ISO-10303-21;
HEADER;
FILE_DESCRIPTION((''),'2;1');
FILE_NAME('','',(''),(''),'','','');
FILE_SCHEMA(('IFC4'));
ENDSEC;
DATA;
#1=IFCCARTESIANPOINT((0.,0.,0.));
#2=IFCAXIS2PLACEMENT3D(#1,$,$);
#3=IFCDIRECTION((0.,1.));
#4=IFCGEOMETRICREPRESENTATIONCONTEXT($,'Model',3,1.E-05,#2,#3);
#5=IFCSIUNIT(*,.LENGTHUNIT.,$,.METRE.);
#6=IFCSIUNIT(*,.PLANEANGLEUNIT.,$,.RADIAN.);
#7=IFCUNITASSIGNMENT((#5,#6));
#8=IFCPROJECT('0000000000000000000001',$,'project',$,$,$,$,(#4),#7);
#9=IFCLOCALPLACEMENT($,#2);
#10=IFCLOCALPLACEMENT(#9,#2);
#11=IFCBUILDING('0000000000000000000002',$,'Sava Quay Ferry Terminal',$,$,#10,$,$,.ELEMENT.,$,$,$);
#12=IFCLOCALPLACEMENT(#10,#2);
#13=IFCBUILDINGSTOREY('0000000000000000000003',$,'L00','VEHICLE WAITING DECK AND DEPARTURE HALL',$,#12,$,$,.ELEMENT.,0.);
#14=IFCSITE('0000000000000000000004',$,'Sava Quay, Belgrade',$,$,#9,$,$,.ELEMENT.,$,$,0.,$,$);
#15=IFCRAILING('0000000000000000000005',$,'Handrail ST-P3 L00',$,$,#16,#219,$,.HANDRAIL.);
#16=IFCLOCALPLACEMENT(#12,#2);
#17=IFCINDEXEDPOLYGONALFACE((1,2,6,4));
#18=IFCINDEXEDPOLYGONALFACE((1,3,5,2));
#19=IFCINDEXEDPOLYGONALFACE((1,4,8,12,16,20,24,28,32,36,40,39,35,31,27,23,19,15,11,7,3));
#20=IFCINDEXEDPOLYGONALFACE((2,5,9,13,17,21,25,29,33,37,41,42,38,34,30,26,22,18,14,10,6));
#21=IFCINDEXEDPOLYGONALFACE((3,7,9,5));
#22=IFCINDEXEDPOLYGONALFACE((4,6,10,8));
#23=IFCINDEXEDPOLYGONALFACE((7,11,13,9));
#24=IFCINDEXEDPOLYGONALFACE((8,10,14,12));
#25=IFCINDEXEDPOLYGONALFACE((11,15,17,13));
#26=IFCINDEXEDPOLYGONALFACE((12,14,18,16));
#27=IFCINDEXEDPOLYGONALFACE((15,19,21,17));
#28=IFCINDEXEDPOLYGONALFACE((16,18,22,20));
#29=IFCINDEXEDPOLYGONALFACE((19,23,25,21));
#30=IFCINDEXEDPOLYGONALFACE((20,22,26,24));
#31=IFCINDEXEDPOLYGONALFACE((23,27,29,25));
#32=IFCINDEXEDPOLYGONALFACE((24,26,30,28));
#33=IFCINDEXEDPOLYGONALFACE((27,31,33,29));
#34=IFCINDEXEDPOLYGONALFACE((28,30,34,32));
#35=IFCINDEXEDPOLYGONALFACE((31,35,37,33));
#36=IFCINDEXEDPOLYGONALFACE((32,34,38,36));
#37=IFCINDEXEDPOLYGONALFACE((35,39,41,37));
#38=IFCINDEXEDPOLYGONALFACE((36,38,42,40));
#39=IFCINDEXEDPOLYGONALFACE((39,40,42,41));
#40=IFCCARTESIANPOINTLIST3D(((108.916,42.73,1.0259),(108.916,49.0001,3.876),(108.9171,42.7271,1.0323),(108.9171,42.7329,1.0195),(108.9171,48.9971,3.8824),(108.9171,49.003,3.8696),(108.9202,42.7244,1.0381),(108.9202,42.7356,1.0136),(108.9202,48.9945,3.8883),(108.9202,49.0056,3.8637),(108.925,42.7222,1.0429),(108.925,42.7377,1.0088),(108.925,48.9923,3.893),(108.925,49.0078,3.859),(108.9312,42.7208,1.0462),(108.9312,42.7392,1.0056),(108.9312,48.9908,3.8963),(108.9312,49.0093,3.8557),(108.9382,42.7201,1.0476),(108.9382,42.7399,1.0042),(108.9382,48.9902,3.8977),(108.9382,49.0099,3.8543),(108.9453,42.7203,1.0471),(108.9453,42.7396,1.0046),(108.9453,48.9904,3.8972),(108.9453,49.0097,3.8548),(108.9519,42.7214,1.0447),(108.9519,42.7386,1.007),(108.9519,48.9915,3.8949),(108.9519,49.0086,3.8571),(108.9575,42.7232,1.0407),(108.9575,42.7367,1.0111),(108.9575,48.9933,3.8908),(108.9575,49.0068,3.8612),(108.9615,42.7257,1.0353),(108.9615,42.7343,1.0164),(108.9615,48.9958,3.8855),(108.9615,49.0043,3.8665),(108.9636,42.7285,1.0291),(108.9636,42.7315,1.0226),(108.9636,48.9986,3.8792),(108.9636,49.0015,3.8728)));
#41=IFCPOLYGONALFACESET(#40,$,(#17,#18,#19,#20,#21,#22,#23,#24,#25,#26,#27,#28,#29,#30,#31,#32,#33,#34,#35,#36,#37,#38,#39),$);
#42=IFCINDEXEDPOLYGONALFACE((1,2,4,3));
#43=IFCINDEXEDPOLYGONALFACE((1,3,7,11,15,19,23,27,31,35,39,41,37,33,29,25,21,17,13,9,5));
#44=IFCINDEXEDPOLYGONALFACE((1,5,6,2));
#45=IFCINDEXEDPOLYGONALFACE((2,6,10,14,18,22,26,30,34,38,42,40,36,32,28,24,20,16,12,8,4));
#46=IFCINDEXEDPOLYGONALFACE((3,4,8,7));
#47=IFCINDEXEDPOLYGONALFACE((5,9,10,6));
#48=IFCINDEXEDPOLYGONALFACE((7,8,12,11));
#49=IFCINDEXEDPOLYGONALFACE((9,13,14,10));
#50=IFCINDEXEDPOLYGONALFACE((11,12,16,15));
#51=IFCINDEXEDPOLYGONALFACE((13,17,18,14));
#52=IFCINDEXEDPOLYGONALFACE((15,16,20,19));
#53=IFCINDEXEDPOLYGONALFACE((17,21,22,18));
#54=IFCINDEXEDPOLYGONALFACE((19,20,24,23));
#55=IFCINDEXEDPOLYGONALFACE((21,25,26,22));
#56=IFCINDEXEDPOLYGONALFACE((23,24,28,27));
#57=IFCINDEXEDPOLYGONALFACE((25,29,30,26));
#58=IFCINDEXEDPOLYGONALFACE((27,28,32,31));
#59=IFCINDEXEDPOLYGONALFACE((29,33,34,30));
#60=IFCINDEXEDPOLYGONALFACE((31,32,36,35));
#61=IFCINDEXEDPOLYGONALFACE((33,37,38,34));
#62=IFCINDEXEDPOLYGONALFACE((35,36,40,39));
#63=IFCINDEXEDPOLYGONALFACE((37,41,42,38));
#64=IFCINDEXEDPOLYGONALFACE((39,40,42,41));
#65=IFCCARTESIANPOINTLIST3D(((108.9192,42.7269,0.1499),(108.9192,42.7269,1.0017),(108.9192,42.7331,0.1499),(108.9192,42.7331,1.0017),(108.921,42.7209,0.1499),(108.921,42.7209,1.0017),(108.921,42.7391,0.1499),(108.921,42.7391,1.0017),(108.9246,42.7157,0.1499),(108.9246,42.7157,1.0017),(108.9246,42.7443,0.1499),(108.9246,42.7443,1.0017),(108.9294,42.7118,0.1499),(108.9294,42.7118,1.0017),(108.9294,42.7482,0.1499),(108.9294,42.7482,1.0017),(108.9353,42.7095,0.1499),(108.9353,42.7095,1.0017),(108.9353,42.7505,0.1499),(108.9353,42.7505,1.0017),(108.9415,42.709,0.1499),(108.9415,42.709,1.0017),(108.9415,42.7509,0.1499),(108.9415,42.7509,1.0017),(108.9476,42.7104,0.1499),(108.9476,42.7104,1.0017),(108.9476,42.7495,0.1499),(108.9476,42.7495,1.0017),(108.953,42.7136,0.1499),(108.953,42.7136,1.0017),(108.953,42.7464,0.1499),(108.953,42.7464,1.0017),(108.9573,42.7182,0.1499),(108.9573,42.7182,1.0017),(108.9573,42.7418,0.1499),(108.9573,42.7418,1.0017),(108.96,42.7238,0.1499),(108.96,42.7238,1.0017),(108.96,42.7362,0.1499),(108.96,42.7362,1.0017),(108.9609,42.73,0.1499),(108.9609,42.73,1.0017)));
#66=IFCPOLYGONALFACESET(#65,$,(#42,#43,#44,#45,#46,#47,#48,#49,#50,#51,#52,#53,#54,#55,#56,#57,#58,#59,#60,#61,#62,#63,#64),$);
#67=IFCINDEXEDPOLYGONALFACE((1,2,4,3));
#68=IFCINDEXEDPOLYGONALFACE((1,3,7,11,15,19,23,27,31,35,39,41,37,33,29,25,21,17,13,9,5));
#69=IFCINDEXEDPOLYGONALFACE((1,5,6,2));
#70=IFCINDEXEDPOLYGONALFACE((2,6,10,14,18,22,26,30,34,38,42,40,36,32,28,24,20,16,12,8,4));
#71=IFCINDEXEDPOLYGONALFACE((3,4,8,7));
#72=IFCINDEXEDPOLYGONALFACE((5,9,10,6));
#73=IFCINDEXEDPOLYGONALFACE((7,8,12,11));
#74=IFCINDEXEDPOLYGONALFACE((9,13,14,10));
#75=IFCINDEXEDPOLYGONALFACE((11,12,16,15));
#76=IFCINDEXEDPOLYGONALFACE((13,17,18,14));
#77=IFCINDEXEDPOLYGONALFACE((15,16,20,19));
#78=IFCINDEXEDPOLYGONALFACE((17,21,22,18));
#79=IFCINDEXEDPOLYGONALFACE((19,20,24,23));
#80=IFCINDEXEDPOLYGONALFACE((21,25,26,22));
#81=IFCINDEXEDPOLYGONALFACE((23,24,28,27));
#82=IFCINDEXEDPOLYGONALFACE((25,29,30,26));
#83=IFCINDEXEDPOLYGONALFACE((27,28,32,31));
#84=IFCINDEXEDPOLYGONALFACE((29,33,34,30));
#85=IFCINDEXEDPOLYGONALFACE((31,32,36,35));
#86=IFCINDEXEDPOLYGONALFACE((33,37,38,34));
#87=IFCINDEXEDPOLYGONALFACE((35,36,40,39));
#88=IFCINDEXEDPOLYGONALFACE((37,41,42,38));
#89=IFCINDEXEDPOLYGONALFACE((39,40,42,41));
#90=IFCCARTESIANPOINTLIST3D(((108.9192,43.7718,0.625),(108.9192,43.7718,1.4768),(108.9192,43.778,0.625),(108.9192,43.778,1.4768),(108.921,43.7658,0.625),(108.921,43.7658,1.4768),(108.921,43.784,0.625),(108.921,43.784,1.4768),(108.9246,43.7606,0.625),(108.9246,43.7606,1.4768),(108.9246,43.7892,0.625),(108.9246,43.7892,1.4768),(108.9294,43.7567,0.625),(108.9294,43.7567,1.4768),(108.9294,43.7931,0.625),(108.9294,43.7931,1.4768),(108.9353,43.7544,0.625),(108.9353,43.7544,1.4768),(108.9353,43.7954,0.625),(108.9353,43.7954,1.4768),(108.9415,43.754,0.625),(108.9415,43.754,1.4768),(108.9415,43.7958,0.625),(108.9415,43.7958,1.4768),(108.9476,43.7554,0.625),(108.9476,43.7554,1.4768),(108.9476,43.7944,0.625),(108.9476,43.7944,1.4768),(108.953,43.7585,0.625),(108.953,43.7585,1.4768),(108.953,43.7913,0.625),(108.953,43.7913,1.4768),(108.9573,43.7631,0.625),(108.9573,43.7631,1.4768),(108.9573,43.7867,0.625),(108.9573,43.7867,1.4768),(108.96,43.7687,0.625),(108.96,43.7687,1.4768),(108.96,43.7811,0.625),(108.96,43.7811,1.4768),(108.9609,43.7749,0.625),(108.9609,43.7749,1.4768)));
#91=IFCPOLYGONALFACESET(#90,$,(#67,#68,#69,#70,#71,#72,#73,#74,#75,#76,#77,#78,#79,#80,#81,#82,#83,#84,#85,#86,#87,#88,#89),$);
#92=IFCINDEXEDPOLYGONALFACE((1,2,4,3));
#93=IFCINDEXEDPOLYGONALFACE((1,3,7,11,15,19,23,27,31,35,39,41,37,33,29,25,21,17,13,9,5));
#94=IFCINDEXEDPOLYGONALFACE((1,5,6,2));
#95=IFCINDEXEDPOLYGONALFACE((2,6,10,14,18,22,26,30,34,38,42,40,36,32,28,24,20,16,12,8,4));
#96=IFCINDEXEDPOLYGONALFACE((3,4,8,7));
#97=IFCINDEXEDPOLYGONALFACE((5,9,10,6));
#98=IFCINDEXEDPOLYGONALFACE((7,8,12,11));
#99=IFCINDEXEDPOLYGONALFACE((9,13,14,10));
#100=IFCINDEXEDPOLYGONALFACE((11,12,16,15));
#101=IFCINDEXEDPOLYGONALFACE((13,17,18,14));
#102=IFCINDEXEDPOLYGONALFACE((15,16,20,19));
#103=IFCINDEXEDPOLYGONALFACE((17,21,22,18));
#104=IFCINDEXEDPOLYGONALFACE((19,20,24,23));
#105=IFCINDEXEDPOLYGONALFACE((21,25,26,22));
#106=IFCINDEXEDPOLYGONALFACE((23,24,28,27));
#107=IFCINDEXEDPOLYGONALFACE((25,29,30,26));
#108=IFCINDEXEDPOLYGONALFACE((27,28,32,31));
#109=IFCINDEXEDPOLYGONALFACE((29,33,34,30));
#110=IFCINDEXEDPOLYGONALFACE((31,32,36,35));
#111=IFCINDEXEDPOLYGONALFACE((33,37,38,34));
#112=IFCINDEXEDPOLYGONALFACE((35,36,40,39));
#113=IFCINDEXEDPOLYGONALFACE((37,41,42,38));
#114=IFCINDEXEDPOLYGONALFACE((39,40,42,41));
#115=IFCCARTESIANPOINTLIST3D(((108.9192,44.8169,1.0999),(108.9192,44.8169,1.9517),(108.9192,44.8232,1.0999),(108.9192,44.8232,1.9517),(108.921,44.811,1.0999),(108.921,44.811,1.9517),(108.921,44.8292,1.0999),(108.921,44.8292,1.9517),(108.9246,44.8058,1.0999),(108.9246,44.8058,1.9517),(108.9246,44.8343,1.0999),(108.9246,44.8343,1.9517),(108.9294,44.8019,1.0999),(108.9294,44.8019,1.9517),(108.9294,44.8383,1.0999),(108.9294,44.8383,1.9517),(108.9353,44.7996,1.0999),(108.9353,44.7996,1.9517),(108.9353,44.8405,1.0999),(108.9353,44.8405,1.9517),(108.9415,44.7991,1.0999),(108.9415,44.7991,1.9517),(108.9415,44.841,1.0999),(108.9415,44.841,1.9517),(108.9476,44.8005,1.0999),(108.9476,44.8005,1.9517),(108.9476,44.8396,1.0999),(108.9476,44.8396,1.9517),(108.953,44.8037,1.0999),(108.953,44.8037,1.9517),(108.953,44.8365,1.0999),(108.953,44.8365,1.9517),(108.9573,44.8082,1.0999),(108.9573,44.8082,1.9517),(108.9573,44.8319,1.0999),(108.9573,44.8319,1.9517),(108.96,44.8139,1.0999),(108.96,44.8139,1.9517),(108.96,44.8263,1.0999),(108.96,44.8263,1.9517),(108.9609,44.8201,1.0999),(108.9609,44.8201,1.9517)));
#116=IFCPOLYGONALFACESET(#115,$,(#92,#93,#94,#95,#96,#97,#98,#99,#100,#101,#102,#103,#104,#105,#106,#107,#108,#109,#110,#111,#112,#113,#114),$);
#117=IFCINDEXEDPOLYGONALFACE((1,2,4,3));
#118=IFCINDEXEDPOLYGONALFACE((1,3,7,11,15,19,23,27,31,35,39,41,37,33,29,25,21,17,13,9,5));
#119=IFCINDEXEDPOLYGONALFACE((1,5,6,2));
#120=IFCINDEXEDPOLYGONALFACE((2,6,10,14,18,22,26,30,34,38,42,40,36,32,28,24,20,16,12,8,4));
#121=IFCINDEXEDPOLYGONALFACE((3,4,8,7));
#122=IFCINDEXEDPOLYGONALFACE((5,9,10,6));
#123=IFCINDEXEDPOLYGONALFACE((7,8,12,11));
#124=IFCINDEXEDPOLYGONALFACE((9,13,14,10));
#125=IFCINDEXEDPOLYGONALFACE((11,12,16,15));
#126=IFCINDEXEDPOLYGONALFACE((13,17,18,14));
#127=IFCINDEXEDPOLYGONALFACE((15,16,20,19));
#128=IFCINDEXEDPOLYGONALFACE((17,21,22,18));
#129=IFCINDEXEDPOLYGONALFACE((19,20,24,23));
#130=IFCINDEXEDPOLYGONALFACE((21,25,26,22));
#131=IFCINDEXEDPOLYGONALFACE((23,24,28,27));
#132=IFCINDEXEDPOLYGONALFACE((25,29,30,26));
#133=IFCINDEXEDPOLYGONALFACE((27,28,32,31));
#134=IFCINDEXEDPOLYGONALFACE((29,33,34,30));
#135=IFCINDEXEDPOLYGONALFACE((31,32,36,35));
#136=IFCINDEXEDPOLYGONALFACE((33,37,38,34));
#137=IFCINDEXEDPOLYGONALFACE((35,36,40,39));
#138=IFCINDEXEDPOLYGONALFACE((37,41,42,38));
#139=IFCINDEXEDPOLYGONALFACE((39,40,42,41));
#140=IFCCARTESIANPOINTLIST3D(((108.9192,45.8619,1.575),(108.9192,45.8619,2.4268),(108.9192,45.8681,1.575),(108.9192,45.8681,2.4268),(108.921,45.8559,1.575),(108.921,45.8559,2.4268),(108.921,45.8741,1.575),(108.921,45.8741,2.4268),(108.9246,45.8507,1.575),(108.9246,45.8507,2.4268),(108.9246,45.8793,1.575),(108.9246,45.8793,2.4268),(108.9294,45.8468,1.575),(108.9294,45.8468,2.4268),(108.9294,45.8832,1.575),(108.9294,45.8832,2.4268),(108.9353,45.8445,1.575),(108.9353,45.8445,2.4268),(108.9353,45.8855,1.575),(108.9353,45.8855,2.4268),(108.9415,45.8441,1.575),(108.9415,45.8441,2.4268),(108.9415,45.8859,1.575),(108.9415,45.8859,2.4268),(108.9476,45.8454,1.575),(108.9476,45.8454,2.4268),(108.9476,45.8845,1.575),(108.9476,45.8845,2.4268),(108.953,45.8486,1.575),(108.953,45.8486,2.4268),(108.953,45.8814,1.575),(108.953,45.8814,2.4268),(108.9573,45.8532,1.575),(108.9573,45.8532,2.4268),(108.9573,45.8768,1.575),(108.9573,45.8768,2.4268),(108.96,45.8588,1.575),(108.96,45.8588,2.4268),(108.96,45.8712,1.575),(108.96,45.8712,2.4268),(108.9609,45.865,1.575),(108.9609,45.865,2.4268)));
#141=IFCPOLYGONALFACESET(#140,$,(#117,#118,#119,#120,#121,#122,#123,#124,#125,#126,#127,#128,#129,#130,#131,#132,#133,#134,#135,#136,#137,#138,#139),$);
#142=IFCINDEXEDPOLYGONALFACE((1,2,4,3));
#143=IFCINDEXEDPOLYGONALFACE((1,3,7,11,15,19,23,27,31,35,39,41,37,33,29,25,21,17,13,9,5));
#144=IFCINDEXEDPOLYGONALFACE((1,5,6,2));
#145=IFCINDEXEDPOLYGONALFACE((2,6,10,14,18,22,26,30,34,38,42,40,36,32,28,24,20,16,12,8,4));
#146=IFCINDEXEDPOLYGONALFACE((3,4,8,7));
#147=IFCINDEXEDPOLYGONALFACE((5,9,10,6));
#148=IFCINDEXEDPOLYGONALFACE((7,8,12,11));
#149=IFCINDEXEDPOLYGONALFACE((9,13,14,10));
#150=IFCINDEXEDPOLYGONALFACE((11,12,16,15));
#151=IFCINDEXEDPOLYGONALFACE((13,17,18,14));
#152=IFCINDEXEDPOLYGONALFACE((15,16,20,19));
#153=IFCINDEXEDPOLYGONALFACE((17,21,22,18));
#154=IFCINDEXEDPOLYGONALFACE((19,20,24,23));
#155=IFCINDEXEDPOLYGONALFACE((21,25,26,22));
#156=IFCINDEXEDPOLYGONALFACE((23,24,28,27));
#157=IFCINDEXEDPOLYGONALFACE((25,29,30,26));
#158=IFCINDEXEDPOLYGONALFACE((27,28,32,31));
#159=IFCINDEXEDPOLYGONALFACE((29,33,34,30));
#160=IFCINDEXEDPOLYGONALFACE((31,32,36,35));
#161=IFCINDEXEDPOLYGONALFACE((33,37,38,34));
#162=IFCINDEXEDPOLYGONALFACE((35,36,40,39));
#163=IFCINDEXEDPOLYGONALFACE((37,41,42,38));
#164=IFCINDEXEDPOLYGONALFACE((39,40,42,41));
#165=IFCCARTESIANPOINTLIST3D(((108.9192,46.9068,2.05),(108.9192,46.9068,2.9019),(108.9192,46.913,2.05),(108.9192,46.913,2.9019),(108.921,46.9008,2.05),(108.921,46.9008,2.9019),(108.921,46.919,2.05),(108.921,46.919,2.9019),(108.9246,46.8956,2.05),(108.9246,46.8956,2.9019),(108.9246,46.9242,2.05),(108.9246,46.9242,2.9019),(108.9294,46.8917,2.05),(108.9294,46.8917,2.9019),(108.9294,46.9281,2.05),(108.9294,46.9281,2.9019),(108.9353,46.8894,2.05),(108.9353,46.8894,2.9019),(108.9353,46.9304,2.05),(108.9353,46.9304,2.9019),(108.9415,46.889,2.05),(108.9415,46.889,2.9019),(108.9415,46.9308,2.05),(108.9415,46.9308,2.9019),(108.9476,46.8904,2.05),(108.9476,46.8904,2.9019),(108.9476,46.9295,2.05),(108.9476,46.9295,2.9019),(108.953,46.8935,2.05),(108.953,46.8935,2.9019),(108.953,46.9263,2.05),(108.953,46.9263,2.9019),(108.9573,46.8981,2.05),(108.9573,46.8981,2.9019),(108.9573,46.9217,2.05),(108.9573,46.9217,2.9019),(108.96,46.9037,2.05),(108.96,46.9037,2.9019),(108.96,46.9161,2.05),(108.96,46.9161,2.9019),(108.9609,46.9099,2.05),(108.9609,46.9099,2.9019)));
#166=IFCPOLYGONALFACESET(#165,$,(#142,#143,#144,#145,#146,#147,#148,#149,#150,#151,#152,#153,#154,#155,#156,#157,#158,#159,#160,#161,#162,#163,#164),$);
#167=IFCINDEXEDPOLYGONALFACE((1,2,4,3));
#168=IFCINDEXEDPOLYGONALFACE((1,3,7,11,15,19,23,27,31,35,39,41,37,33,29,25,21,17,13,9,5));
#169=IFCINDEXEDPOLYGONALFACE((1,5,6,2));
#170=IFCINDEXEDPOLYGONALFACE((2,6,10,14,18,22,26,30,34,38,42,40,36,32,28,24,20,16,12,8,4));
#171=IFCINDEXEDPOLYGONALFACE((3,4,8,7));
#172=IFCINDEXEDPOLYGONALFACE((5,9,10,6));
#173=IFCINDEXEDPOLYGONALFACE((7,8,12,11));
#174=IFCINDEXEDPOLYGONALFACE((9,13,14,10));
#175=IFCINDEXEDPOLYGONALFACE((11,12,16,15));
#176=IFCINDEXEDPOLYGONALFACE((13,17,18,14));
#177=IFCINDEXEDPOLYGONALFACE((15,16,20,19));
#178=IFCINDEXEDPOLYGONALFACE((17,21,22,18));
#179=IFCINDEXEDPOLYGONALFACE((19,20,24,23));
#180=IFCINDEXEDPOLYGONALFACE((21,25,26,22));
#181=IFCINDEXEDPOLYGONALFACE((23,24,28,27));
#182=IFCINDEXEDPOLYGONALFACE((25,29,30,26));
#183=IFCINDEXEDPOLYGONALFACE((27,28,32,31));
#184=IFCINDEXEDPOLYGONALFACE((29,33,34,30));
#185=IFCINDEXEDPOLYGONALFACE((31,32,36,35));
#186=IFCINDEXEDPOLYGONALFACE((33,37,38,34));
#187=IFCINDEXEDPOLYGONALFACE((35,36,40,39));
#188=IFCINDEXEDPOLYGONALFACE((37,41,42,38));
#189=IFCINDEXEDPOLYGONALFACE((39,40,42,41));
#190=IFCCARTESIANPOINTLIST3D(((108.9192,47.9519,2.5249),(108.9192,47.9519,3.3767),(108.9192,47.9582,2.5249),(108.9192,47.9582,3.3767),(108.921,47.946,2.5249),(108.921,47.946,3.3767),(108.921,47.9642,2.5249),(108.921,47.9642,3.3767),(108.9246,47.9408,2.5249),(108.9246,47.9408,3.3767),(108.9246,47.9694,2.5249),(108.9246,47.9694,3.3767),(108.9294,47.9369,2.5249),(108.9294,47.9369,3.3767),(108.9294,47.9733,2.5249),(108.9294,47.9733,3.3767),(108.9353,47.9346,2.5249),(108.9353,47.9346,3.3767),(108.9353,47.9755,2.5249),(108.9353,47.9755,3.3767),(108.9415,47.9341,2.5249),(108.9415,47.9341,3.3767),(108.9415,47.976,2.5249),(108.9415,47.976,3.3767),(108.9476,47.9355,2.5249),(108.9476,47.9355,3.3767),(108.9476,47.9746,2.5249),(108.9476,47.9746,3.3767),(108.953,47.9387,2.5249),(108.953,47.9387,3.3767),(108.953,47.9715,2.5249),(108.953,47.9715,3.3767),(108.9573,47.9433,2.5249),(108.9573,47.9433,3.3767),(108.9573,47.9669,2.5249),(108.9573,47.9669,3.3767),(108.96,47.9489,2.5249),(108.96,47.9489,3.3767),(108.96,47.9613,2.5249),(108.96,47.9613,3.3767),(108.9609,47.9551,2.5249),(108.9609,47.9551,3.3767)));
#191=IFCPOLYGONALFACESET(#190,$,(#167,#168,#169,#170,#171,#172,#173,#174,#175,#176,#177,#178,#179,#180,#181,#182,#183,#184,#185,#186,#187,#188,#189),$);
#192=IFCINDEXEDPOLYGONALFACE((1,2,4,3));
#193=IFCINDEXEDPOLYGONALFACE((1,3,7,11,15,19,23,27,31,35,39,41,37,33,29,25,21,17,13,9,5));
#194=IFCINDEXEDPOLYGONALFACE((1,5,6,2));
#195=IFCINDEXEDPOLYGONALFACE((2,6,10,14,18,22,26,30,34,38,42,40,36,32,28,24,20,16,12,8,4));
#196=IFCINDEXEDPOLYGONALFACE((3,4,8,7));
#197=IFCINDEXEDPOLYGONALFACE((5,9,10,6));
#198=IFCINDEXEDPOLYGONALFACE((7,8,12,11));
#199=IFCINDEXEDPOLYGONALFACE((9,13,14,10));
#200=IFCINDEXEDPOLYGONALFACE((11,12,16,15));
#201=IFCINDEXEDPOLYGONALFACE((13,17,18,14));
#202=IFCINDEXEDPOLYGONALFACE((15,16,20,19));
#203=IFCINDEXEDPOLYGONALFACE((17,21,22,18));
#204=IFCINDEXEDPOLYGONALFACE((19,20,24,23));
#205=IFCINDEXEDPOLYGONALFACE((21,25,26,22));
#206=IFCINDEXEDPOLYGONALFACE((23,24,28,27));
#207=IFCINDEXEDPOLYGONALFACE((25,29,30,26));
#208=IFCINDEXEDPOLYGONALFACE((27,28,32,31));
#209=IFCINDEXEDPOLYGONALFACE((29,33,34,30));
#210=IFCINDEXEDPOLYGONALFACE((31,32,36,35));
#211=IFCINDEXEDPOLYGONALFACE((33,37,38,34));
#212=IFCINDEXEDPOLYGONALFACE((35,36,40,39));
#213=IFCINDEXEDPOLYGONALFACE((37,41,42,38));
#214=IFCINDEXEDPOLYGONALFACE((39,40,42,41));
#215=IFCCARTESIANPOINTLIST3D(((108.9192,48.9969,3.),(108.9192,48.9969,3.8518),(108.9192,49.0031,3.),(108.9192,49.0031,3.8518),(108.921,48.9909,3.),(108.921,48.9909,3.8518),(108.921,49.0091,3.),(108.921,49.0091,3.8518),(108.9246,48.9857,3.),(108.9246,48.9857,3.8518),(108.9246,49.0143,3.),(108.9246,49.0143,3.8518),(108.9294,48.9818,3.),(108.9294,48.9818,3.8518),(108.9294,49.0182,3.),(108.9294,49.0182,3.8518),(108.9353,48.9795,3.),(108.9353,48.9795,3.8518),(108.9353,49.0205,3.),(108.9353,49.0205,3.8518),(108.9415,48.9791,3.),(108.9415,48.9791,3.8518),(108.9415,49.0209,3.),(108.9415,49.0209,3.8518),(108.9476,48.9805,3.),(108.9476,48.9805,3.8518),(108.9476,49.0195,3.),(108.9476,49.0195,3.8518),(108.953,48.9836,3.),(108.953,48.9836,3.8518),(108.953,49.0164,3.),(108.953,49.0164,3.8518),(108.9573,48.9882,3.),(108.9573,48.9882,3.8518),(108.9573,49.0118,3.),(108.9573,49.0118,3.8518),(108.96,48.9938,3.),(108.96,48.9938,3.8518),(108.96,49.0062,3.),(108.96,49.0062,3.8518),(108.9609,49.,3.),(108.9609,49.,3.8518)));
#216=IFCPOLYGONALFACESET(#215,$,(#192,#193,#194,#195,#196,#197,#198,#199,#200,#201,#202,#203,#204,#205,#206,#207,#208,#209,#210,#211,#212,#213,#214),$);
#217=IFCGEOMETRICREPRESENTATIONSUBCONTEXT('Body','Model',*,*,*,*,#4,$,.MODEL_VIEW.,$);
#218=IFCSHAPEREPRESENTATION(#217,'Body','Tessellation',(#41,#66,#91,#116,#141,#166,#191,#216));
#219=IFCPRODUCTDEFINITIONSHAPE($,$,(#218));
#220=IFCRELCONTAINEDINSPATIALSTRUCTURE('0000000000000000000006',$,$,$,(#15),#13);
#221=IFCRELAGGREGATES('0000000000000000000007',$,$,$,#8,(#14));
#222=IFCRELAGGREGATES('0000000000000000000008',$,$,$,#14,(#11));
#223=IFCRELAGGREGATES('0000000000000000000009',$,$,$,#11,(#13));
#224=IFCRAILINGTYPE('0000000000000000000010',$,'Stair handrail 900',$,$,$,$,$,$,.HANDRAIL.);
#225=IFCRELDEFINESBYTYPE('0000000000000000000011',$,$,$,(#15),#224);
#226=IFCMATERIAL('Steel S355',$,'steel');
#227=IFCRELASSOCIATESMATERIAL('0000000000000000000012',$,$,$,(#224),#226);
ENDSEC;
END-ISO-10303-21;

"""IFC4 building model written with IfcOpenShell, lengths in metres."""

from ifc_helpers import new_model, si_unit, direction, frame, origin, origin_2d, place, context, subcontext, project, spatial, circle, extrude, material, type_object, element, save


model = new_model("IFC4")

# Units and contexts
model_context = context("Model", 3, precision=1e-05, world=origin(), true_north=direction((0.0, 1.0)))
body_context = subcontext(model_context, "Body", "Model", "MODEL_VIEW")
ifc_project = project(units=[si_unit("LENGTHUNIT", "METRE"), si_unit("PLANEANGLEUNIT", "RADIAN")], contexts=[model_context])

# Site, building, storey
site_placement = place(None, origin())
site = spatial("IfcSite", under=ifc_project, at=site_placement, Name="Sava Quay, Belgrade", CompositionType="ELEMENT", RefElevation=0.0)
building_placement = place(site_placement, origin())
building = spatial("IfcBuilding", under=site, at=building_placement, Name="Sava Quay Ferry Terminal", CompositionType="ELEMENT")
storey_placement = place(building_placement, origin())
storey = spatial("IfcBuildingStorey", under=building, at=storey_placement, Name="L00", Description="VEHICLE WAITING DECK AND DEPARTURE HALL", CompositionType="ELEMENT", Elevation=0.0)

# Railing
ifc_material_1 = material(Name="Steel S355", Category="steel")
railing_type_1 = type_object("IfcRailingType", Name="Stair handrail 900", PredefinedType="HANDRAIL", material=ifc_material_1)
railing_1_placement = place(storey_placement, frame((108.9399, 42.73, 0.1499)))
element("IfcRailing", 1, at=railing_1_placement, inside=storey, type_object=railing_type_1, Name="Handrail ST-P3 L00", PredefinedType="HANDRAIL", context=body_context, shape_type="SweptSolid", body=[
    extrude(circle(Radius=0.0239, at=origin_2d()), frame((0.0, 0.0, 0.876), z_axis=(0.0, 0.910362, 0.413814), x_axis=(-1.0, 0.0, 0.0)), (0.0, 0.0, 1.0), 6.8875),
    extrude(circle(Radius=0.021, at=origin_2d()), origin(), (0.0, 0.0, 1.0), 0.8518),
    extrude(circle(Radius=0.021, at=origin_2d()), frame((0.0, 1.0449, 0.4751)), (0.0, 0.0, 1.0), 0.8518),
    extrude(circle(Radius=0.021, at=origin_2d()), frame((0.0, 2.0901, 0.95)), (0.0, 0.0, 1.0), 0.8518),
    extrude(circle(Radius=0.021, at=origin_2d()), frame((0.0, 3.135, 1.425)), (0.0, 0.0, 1.0), 0.8518),
    extrude(circle(Radius=0.021, at=origin_2d()), frame((0.0, 4.1799, 1.9001)), (0.0, 0.0, 1.0), 0.8518),
    extrude(circle(Radius=0.021, at=origin_2d()), frame((0.0, 5.2251, 2.375)), (0.0, 0.0, 1.0), 0.8518),
    extrude(circle(Radius=0.021, at=origin_2d()), frame((0.0, 6.27, 2.8501)), (0.0, 0.0, 1.0), 0.8518),
])

save(model, "model.ifc")
